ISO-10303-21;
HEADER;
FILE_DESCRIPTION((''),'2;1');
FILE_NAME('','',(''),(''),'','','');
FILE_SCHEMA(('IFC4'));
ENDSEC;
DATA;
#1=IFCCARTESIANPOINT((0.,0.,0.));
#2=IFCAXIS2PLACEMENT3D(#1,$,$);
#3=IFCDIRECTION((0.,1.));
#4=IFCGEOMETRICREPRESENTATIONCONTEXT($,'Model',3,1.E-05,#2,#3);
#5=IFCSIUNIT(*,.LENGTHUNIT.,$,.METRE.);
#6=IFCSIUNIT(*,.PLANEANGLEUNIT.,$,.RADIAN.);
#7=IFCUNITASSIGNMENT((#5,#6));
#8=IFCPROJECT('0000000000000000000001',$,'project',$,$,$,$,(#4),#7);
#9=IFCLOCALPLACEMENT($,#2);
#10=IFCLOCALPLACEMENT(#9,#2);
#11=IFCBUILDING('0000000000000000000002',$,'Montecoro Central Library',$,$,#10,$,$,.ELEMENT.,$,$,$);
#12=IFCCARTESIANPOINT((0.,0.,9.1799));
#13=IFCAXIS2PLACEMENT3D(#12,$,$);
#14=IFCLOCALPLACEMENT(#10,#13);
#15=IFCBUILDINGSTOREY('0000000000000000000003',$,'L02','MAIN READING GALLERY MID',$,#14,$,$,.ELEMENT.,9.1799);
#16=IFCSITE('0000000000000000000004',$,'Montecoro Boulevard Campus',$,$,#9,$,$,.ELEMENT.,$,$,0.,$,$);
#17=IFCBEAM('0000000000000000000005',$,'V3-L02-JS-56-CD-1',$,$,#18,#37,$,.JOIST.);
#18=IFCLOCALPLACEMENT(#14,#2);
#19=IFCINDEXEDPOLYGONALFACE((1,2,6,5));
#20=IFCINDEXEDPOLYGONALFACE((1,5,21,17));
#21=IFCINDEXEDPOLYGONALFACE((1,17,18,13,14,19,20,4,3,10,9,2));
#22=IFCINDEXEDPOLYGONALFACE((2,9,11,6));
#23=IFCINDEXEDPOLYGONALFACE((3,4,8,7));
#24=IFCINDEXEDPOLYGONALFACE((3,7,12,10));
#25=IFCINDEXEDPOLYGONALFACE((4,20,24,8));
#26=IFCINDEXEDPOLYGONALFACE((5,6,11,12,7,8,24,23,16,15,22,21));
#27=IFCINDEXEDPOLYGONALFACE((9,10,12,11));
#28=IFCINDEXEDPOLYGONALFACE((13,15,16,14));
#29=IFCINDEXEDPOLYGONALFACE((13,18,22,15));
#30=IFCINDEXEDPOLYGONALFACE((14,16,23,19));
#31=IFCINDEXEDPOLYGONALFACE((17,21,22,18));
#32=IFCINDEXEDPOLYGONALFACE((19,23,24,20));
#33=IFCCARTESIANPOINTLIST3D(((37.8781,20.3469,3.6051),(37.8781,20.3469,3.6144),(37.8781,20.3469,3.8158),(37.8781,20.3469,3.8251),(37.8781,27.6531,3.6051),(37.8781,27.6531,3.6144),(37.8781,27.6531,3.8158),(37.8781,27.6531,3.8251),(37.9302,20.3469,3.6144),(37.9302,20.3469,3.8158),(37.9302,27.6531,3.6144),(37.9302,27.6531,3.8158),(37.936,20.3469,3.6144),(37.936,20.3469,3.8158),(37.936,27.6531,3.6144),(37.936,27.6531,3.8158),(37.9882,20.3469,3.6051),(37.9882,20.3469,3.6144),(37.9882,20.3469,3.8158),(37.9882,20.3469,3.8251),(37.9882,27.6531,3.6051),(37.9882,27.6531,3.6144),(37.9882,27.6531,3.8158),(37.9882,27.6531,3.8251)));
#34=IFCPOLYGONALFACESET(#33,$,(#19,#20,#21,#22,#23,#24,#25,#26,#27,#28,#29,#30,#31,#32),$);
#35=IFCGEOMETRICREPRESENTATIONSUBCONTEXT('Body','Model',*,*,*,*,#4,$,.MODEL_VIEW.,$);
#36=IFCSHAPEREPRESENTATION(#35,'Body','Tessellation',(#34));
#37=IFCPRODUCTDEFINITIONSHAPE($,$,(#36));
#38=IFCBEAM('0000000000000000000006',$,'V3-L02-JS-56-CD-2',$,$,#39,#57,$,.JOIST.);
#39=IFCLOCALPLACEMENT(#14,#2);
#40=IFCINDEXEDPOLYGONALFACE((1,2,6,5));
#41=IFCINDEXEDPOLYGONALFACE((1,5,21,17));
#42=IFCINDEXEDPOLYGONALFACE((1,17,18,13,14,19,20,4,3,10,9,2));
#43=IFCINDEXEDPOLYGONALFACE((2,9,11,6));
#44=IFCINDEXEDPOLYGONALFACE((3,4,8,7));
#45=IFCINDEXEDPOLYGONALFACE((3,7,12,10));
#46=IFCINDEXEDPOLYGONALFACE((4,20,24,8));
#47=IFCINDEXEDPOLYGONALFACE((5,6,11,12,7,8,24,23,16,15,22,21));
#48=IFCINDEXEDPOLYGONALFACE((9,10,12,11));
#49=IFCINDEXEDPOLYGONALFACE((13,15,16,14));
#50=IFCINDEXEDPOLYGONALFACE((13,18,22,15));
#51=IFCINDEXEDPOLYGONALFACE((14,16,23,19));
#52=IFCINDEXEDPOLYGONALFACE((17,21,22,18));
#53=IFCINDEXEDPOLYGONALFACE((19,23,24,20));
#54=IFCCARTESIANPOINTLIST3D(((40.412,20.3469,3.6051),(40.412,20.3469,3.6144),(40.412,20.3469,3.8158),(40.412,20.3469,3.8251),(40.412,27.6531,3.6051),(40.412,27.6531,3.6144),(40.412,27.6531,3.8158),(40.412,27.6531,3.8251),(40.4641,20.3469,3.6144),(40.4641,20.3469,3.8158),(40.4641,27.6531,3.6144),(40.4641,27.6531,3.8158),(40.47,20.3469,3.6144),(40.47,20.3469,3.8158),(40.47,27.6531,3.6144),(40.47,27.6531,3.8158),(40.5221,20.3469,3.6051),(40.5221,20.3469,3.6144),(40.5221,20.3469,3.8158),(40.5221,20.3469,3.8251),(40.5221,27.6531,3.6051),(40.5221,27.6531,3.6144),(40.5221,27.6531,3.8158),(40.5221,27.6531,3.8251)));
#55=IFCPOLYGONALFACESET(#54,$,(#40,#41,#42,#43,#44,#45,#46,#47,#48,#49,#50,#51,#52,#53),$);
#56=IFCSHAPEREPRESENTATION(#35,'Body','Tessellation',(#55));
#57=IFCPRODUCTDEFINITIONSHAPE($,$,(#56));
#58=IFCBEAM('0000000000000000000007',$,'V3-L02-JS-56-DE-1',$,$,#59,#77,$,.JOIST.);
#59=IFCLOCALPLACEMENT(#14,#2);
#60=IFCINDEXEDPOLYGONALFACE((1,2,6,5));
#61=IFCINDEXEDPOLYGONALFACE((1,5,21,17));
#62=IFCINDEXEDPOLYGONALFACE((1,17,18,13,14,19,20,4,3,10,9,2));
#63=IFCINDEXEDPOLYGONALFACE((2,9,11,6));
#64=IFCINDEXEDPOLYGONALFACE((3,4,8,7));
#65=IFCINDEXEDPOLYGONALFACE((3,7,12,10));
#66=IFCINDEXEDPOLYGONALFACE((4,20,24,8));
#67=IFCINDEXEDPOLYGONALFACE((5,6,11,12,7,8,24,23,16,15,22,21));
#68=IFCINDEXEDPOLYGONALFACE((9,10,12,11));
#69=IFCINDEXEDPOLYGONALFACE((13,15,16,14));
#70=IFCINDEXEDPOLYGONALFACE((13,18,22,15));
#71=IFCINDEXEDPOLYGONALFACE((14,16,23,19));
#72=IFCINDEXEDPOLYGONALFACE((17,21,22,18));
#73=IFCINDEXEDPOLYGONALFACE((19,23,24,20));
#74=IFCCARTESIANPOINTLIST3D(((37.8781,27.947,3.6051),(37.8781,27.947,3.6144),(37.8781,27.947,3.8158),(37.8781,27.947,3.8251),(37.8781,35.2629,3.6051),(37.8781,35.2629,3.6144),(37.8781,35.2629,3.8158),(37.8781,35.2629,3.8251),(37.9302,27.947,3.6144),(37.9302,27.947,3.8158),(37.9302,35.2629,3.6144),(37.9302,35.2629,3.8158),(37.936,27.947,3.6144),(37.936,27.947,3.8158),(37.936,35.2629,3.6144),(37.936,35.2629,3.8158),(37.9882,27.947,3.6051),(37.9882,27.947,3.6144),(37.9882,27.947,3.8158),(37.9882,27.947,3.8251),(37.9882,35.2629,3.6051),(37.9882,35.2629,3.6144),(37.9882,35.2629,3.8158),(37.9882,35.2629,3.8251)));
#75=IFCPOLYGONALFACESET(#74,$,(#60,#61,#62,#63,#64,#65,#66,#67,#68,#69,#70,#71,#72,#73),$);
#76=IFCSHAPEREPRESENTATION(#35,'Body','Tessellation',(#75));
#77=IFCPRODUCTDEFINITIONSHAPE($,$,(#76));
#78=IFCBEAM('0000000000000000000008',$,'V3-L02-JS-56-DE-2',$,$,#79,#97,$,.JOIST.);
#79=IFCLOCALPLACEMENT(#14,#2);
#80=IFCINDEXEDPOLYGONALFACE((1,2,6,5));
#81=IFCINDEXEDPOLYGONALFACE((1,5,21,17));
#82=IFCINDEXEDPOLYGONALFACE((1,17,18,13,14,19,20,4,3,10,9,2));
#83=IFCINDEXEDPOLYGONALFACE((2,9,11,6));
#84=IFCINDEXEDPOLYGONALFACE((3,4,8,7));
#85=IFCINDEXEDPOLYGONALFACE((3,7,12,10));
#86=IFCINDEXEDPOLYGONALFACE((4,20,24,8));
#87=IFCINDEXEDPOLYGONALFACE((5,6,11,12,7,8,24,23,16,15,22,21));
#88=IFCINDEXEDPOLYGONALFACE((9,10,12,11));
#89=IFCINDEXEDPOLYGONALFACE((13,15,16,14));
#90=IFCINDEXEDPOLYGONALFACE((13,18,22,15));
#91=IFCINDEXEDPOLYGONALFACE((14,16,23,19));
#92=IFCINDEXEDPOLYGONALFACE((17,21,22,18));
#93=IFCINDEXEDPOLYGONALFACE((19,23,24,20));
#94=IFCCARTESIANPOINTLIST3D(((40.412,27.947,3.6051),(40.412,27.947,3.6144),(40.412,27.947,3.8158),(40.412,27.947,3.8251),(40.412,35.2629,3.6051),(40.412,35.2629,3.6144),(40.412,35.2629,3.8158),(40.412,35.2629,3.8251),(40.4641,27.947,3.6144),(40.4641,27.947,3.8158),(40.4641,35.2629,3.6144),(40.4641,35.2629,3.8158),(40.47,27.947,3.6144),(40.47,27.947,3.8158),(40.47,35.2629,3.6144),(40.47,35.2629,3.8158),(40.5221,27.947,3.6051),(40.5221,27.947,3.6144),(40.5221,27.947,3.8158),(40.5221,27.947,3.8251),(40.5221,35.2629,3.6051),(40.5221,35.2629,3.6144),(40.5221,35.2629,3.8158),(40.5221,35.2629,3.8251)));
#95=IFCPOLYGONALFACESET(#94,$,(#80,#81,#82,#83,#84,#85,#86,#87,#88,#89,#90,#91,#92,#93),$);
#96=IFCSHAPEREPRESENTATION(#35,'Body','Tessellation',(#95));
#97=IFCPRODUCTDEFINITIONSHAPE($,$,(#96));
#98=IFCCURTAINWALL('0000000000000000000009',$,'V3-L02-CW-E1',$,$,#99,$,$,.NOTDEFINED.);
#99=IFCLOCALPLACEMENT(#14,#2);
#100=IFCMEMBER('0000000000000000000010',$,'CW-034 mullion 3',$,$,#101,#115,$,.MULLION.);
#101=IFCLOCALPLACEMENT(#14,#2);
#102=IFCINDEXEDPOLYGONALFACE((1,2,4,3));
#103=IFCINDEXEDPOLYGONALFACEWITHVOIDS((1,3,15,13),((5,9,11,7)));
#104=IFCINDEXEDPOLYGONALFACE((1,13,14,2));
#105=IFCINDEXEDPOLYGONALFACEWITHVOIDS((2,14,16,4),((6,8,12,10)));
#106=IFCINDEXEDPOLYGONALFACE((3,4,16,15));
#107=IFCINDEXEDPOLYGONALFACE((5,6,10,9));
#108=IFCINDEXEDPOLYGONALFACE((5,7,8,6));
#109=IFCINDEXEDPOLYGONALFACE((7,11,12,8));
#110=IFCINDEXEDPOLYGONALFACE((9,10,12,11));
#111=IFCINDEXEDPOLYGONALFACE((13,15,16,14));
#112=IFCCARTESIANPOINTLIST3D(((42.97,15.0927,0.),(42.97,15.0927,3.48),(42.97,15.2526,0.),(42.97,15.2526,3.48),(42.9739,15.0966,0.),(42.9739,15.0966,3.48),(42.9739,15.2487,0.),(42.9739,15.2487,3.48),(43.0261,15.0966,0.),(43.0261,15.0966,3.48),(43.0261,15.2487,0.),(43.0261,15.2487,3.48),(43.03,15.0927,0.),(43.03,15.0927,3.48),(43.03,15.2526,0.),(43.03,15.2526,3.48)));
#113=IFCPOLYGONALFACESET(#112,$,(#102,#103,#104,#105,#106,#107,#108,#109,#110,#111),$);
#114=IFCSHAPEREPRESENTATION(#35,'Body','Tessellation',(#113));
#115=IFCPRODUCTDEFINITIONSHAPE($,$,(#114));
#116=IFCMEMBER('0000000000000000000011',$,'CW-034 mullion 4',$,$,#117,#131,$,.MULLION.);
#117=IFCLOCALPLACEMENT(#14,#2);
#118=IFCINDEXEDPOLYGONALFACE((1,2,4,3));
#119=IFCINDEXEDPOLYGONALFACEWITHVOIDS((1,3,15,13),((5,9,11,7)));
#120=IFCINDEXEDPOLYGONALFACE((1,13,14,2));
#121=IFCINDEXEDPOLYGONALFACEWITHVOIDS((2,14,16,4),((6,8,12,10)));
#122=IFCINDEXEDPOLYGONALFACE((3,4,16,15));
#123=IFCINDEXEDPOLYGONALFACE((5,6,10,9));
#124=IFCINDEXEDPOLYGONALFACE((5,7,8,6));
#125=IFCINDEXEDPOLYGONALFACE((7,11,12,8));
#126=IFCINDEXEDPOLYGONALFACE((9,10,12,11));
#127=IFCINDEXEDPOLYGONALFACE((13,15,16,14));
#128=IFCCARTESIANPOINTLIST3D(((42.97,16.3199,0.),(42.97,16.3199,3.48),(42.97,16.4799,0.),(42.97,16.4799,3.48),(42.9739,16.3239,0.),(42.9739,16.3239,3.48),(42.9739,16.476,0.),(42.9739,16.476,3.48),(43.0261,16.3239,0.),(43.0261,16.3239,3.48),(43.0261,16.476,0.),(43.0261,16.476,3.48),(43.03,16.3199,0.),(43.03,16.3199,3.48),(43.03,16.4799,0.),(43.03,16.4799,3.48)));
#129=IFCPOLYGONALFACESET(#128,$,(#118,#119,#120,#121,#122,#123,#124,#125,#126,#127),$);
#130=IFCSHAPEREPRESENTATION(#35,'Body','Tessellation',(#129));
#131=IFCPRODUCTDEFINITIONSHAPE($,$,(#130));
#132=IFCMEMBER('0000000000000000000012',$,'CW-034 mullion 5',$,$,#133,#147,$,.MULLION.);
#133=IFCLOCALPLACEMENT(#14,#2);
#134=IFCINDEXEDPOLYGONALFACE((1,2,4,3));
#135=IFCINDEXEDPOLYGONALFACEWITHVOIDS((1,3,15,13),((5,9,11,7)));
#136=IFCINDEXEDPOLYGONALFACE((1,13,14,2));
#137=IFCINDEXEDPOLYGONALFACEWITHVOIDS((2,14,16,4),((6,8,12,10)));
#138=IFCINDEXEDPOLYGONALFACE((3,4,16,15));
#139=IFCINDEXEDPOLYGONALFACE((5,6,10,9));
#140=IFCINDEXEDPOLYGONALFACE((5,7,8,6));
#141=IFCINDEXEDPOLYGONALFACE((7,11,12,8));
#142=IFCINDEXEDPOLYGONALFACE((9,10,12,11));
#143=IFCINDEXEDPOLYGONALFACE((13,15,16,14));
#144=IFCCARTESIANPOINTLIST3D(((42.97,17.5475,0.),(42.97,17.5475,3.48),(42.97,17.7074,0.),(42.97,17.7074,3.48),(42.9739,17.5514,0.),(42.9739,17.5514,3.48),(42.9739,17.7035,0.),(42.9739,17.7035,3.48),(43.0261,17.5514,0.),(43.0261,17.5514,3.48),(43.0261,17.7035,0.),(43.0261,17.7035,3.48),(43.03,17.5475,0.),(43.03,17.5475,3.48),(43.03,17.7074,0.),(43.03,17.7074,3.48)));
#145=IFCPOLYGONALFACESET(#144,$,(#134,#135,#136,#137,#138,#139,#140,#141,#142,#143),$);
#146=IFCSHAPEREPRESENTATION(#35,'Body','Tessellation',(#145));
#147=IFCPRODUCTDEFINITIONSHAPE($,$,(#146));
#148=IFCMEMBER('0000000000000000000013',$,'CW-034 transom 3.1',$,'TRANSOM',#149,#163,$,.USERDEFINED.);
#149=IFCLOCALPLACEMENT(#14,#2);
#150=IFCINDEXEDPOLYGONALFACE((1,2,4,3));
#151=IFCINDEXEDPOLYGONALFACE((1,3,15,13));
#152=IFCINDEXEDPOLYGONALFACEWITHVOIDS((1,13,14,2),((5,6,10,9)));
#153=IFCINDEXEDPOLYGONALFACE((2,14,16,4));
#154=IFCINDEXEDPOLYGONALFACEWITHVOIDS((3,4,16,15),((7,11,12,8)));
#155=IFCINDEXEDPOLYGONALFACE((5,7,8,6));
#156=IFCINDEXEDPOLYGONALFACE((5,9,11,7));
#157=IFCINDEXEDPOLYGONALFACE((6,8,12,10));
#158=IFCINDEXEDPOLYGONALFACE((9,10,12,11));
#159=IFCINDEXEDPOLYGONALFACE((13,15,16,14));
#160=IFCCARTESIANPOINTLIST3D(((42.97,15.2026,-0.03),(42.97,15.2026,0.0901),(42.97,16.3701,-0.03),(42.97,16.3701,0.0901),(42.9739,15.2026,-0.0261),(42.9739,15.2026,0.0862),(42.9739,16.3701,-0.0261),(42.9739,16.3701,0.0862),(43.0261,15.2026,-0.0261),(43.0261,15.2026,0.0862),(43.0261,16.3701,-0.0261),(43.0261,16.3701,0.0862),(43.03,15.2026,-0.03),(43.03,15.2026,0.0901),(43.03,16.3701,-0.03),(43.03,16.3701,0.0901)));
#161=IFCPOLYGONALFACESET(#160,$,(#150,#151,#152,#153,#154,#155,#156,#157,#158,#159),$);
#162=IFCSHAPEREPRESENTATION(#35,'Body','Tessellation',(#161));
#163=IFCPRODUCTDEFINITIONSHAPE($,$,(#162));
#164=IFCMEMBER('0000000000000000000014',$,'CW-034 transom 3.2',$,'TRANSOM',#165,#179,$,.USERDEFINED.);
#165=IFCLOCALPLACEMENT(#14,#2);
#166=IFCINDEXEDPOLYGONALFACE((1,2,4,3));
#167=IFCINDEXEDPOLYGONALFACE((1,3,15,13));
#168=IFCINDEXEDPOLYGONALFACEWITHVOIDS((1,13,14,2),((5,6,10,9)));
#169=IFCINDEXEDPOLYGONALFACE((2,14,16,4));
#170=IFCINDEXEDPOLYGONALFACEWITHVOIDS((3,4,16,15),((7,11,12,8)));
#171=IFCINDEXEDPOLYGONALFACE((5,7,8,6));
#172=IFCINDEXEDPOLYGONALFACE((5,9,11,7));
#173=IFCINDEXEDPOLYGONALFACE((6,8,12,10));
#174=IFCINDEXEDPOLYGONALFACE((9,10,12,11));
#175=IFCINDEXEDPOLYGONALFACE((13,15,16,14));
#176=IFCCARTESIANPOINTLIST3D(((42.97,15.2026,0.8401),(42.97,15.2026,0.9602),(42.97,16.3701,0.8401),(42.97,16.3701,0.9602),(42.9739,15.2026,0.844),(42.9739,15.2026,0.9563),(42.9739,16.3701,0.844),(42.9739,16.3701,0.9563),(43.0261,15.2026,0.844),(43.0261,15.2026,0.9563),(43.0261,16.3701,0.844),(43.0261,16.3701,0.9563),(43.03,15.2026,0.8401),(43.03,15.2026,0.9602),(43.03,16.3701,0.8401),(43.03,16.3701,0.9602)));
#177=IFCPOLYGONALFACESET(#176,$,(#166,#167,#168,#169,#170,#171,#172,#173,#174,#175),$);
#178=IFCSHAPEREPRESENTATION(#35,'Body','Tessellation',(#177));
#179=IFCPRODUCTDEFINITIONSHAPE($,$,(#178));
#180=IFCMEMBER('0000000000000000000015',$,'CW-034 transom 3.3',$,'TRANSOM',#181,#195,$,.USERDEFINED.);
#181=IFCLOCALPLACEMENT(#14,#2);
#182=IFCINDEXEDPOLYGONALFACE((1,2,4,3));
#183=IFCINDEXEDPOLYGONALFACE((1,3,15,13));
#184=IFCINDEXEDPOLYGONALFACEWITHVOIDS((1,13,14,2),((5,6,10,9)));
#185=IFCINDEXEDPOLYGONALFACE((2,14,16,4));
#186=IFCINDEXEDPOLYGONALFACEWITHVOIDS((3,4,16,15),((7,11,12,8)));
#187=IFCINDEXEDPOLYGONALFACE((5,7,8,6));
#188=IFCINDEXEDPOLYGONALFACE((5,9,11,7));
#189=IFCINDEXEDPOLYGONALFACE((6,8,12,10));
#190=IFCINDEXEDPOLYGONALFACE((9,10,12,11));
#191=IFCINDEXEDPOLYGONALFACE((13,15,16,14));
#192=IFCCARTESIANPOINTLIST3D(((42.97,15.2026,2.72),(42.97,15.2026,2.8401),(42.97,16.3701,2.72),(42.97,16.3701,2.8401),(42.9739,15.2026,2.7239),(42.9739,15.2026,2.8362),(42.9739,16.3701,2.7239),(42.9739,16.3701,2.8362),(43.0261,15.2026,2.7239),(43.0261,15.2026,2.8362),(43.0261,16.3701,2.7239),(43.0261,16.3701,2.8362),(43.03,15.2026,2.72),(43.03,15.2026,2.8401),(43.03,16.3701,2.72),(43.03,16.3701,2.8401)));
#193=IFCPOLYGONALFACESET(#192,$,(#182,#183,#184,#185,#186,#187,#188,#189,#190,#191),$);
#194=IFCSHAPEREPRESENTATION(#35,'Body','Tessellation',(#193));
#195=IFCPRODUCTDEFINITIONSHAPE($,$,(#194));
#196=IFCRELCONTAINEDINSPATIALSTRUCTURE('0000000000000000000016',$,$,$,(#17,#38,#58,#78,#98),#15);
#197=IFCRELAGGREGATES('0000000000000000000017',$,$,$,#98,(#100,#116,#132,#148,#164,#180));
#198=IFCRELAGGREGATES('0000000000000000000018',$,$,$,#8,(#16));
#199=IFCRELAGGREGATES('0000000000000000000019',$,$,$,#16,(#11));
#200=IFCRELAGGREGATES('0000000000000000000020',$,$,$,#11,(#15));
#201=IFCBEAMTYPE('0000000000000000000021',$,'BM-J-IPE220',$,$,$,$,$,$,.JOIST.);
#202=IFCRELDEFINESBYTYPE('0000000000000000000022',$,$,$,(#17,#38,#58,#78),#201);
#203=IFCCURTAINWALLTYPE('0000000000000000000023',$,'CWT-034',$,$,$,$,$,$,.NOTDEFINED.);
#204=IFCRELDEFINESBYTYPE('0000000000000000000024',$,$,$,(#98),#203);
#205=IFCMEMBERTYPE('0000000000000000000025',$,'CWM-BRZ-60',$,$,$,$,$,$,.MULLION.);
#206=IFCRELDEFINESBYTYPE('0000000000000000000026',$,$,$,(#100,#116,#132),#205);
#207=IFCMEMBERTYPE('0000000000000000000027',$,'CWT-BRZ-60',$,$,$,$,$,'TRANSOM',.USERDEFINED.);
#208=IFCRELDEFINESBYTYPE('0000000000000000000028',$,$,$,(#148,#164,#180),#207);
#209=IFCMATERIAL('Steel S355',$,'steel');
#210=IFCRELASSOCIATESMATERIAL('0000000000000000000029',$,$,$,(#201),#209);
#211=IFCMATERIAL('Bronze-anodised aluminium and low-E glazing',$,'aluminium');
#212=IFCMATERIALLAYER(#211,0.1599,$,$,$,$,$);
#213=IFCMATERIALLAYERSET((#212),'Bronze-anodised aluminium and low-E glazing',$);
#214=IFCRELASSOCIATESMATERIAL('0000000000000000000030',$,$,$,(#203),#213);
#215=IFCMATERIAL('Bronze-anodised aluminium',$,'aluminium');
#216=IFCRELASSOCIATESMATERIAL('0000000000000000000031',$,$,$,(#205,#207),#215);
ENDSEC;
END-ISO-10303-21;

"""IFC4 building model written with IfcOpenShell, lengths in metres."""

from ifc_helpers import new_model, si_unit, direction, frame, origin, origin_2d, place, context, subcontext, project, spatial, hollow_rectangle, i_section, extrude, material, layer, layer_set, material_profile, profile_set, type_object, element, aggregate, save


model = new_model("IFC4")

# Units and contexts
model_context = context("Model", 3, precision=1e-05, world=origin(), true_north=direction((0.0, 1.0)))
body_context = subcontext(model_context, "Body", "Model", "MODEL_VIEW")
ifc_project = project(units=[si_unit("LENGTHUNIT", "METRE"), si_unit("PLANEANGLEUNIT", "RADIAN")], contexts=[model_context])

# Site, building, storey
site_placement = place(None, origin())
site = spatial("IfcSite", under=ifc_project, at=site_placement, Name="Montecoro Boulevard Campus", CompositionType="ELEMENT", RefElevation=0.0)
building_placement = place(site_placement, origin())
building = spatial("IfcBuilding", under=site, at=building_placement, Name="Montecoro Central Library", CompositionType="ELEMENT")
storey_placement = place(building_placement, frame((0.0, 0.0, 9.1799)))
storey = spatial("IfcBuildingStorey", under=building, at=storey_placement, Name="L02", Description="MAIN READING GALLERY MID", CompositionType="ELEMENT", Elevation=9.1799)

# Beams
ifc_material_1 = material(Name="Steel S355", Category="steel")
ifc_material_profile_1 = material_profile(ifc_material_1, i_section(OverallWidth=0.1101, OverallDepth=0.22, WebThickness=0.0059, FlangeThickness=0.0093, at=origin_2d()), Name="IPE 220")
ifc_profile_set_1 = profile_set([ifc_material_profile_1], Name="Steel S355")
beam_type = type_object("IfcBeamType", Name="BM-J-IPE220", PredefinedType="JOIST", material=ifc_profile_set_1)
for number, where, z_axis, x_axis, name in (
    (1, (37.9331, 20.3469, 3.7151), (0.0, 1.0, 0.0), (-1.0, 0.0, 0.0), "V3-L02-JS-56-CD-1"),
    (2, (40.467, 20.3469, 3.7151), (0.0, 1.0, 0.0), (-1.0, 0.0, 0.0), "V3-L02-JS-56-CD-2"),
):
    element("IfcBeam", number, at=place(storey_placement, frame(where, z_axis=z_axis, x_axis=x_axis)), inside=storey, type_object=beam_type, Name=name, PredefinedType="JOIST", context=body_context, shape_type="SweptSolid", body=[
        extrude(i_section(OverallWidth=0.1101, OverallDepth=0.22, WebThickness=0.0059, FlangeThickness=0.0093, at=origin_2d()), origin(), (0.0, 0.0, 1.0), 7.3062),
    ])
for number, where, z_axis, x_axis, name in (
    (3, (37.9331, 27.947, 3.7151), (0.0, 1.0, 0.0), (-1.0, 0.0, 0.0), "V3-L02-JS-56-DE-1"),
    (4, (40.467, 27.947, 3.7151), (0.0, 1.0, 0.0), (-1.0, 0.0, 0.0), "V3-L02-JS-56-DE-2"),
):
    element("IfcBeam", number, at=place(storey_placement, frame(where, z_axis=z_axis, x_axis=x_axis)), inside=storey, type_object=beam_type, Name=name, PredefinedType="JOIST", context=body_context, shape_type="SweptSolid", body=[
        extrude(i_section(OverallWidth=0.1101, OverallDepth=0.22, WebThickness=0.0059, FlangeThickness=0.0093, at=origin_2d()), origin(), (0.0, 0.0, 1.0), 7.3159),
    ])

# Curtain wall, members
ifc_material_2 = material(Name="Bronze-anodised aluminium and low-E glazing", Category="aluminium")
ifc_layer_1 = layer(ifc_material_2, 0.1599)
ifc_layer_set_1 = layer_set([ifc_layer_1], Name="Bronze-anodised aluminium and low-E glazing")
curtain_wall_type = type_object("IfcCurtainWallType", Name="CWT-034", PredefinedType="NOTDEFINED", material=ifc_layer_set_1)
curtain_wall_placement = place(storey_placement, origin())
curtain_wall = element("IfcCurtainWall", 5, at=curtain_wall_placement, inside=storey, type_object=curtain_wall_type, Name="V3-L02-CW-E1", PredefinedType="NOTDEFINED")
ifc_material_3 = material(Name="Bronze-anodised aluminium", Category="aluminium")
ifc_material_profile_2 = material_profile(ifc_material_3, hollow_rectangle(XDim=0.0601, YDim=0.1599, WallThickness=0.0039, at=origin_2d()), Name="CWM 160x60x4.0")
ifc_profile_set_2 = profile_set([ifc_material_profile_2], Name="Bronze-anodised aluminium")
member_type_1 = type_object("IfcMemberType", Name="CWM-BRZ-60", PredefinedType="MULLION", material=ifc_profile_set_2)
member_1_placement = place(storey_placement, frame((43.0, 15.1726, 0.0), z_axis=(0.0, 0.0, 1.0), x_axis=(-1.0, 0.0, 0.0)))
member_1 = element("IfcMember", 6, at=member_1_placement, type_object=member_type_1, Name="CW-034 mullion 3", PredefinedType="MULLION", context=body_context, shape_type="SweptSolid", body=[
    extrude(hollow_rectangle(XDim=0.0601, YDim=0.1599, WallThickness=0.0039, at=origin_2d()), origin(), (0.0, 0.0, 1.0), 3.48),
])
member_2_placement = place(storey_placement, frame((43.0, 16.3999, 0.0), z_axis=(0.0, 0.0, 1.0), x_axis=(-1.0, 0.0, 0.0)))
member_2 = element("IfcMember", 7, at=member_2_placement, type_object=member_type_1, Name="CW-034 mullion 4", PredefinedType="MULLION", context=body_context, shape_type="SweptSolid", body=[
    extrude(hollow_rectangle(XDim=0.0601, YDim=0.1599, WallThickness=0.0039, at=origin_2d()), origin(), (0.0, 0.0, 1.0), 3.48),
])
member_3_placement = place(storey_placement, frame((43.0, 17.6274, 0.0), z_axis=(0.0, 0.0, 1.0), x_axis=(-1.0, 0.0, 0.0)))
member_3 = element("IfcMember", 8, at=member_3_placement, type_object=member_type_1, Name="CW-034 mullion 5", PredefinedType="MULLION", context=body_context, shape_type="SweptSolid", body=[
    extrude(hollow_rectangle(XDim=0.0601, YDim=0.1599, WallThickness=0.0039, at=origin_2d()), origin(), (0.0, 0.0, 1.0), 3.48),
])
ifc_material_profile_3 = material_profile(ifc_material_3, hollow_rectangle(XDim=0.0601, YDim=0.1201, WallThickness=0.0039, at=origin_2d()), Name="CWT 120x60x4.0")
ifc_profile_set_3 = profile_set([ifc_material_profile_3], Name="Bronze-anodised aluminium")
member_type_2 = type_object("IfcMemberType", Name="CWT-BRZ-60", ElementType="TRANSOM", PredefinedType="USERDEFINED", material=ifc_profile_set_3)
member_4_placement = place(storey_placement, frame((43.0, 15.2026, 0.03), z_axis=(0.0, 1.0, 0.0), x_axis=(-1.0, 0.0, 0.0)))
member_4 = element("IfcMember", 9, at=member_4_placement, type_object=member_type_2, Name="CW-034 transom 3.1", ObjectType="TRANSOM", PredefinedType="USERDEFINED", context=body_context, shape_type="SweptSolid", body=[
    extrude(hollow_rectangle(XDim=0.0601, YDim=0.1201, WallThickness=0.0039, at=origin_2d()), origin(), (0.0, 0.0, 1.0), 1.1675),
])
member_5_placement = place(storey_placement, frame((43.0, 15.2026, 0.9001), z_axis=(0.0, 1.0, 0.0), x_axis=(-1.0, 0.0, 0.0)))
member_5 = element("IfcMember", 10, at=member_5_placement, type_object=member_type_2, Name="CW-034 transom 3.2", ObjectType="TRANSOM", PredefinedType="USERDEFINED", context=body_context, shape_type="SweptSolid", body=[
    extrude(hollow_rectangle(XDim=0.0601, YDim=0.1201, WallThickness=0.0039, at=origin_2d()), origin(), (0.0, 0.0, 1.0), 1.1675),
])
member_6_placement = place(storey_placement, frame((43.0, 15.2026, 2.78), z_axis=(0.0, 1.0, 0.0), x_axis=(-1.0, 0.0, 0.0)))
member_6 = element("IfcMember", 11, at=member_6_placement, type_object=member_type_2, Name="CW-034 transom 3.3", ObjectType="TRANSOM", PredefinedType="USERDEFINED", context=body_context, shape_type="SweptSolid", body=[
    extrude(hollow_rectangle(XDim=0.0601, YDim=0.1201, WallThickness=0.0039, at=origin_2d()), origin(), (0.0, 0.0, 1.0), 1.1675),
])
aggregate(curtain_wall, [member_1, member_2, member_3, member_4, member_5, member_6])

save(model, "model.ifc")
